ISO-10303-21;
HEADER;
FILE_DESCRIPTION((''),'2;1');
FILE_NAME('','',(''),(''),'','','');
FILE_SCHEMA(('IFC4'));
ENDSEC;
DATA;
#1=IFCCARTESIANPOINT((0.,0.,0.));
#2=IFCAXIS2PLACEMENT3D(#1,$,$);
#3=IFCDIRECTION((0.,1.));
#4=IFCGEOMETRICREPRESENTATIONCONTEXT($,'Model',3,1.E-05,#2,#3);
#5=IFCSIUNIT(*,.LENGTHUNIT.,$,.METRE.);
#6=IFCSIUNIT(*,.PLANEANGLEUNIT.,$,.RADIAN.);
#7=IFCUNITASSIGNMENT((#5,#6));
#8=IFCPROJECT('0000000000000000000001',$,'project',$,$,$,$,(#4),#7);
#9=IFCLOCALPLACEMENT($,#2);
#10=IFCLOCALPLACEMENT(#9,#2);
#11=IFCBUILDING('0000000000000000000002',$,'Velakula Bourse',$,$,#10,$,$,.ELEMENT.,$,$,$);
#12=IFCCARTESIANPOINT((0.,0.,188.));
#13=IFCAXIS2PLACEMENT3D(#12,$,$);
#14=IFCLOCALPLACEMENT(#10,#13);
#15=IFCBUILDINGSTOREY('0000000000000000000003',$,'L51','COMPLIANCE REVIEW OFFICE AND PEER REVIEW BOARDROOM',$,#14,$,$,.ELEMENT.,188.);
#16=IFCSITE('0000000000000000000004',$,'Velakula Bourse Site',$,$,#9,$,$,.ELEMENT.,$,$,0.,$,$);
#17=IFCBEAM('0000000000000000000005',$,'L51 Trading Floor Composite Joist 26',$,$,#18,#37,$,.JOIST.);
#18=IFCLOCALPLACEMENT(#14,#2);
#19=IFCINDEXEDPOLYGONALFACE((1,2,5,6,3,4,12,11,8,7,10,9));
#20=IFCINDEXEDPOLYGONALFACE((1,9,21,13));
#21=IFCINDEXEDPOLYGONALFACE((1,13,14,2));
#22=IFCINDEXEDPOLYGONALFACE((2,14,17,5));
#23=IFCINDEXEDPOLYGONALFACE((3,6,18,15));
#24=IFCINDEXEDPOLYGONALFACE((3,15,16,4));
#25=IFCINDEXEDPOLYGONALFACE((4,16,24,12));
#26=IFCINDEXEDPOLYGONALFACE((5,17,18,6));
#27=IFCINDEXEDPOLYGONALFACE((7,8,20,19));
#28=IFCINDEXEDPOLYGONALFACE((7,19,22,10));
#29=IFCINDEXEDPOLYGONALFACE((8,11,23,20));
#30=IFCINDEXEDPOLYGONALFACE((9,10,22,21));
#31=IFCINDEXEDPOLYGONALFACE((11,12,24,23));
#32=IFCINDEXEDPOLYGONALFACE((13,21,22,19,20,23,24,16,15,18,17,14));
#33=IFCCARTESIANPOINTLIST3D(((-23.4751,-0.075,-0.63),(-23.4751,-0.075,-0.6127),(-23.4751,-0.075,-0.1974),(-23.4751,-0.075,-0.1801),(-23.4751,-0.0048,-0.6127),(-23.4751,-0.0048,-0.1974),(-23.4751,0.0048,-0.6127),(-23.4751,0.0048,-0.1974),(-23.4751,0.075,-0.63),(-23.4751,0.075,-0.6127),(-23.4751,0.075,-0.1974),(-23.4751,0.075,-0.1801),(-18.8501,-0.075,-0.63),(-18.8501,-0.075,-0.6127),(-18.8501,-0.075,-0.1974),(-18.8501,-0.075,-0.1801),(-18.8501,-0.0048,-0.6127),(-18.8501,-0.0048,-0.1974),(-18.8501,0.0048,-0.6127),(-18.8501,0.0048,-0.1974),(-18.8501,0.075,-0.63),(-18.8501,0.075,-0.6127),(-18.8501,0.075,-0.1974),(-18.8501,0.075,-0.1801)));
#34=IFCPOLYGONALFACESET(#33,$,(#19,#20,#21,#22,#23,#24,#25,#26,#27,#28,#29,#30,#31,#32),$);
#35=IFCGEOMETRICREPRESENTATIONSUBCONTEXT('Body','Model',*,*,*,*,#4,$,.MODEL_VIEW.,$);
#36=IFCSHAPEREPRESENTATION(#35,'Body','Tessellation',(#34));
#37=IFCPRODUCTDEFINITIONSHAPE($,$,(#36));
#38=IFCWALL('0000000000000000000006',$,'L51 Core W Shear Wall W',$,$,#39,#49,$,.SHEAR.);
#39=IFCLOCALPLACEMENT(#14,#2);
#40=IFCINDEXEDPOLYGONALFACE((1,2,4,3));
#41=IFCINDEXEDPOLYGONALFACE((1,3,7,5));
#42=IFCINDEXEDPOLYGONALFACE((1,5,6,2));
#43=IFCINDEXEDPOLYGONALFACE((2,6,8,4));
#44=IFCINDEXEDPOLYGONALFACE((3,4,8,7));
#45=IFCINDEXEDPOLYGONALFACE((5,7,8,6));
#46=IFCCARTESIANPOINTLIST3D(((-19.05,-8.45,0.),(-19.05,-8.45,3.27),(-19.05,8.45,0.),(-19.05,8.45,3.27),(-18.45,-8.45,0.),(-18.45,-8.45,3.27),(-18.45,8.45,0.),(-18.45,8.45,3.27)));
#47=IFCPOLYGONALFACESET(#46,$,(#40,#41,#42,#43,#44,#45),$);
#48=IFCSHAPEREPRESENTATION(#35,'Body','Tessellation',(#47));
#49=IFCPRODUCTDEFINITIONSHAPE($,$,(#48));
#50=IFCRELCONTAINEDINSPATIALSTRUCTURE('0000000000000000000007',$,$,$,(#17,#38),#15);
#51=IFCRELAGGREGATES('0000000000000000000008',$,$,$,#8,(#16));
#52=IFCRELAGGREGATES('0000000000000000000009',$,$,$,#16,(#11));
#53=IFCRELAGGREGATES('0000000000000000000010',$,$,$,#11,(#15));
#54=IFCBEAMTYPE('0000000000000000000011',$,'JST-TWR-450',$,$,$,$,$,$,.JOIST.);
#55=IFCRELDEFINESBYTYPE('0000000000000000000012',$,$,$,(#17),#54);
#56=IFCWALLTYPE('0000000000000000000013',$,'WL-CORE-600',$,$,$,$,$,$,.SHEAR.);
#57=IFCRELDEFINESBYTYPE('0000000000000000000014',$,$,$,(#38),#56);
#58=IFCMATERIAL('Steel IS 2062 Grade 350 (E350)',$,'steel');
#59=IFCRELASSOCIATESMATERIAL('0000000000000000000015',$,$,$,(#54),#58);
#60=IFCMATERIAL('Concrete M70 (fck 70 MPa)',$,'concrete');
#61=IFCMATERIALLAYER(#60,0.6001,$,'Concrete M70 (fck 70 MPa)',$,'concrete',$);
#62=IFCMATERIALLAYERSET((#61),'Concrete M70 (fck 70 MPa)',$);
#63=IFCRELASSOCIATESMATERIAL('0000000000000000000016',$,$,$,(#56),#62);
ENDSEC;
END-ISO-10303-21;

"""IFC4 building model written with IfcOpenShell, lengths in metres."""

from ifc_helpers import new_model, si_unit, direction, frame, frame_2d, origin, origin_2d, place, context, subcontext, project, spatial, rectangle, i_section, extrude, material, layer, layer_set, material_profile, profile_set, type_object, element, save


model = new_model("IFC4")

# Units and contexts
model_context = context("Model", 3, precision=1e-05, world=origin(), true_north=direction((0.0, 1.0)))
body_context = subcontext(model_context, "Body", "Model", "MODEL_VIEW")
ifc_project = project(units=[si_unit("LENGTHUNIT", "METRE"), si_unit("PLANEANGLEUNIT", "RADIAN")], contexts=[model_context])

# Site, building, storey
site_placement = place(None, origin())
site = spatial("IfcSite", under=ifc_project, at=site_placement, Name="Velakula Bourse Site", CompositionType="ELEMENT", RefElevation=0.0)
building_placement = place(site_placement, origin())
building = spatial("IfcBuilding", under=site, at=building_placement, Name="Velakula Bourse", CompositionType="ELEMENT")
storey_placement = place(building_placement, frame((0.0, 0.0, 188.0)))
storey = spatial("IfcBuildingStorey", under=building, at=storey_placement, Name="L51", Description="COMPLIANCE REVIEW OFFICE AND PEER REVIEW BOARDROOM", CompositionType="ELEMENT", Elevation=188.0)

# Shared definitions
ifc_material_1 = material(Name="Steel IS 2062 Grade 350 (E350)", Category="steel")

# Beam
ifc_material_profile_1 = material_profile(ifc_material_1, i_section(OverallWidth=0.1499, OverallDepth=0.45, WebThickness=0.0095, FlangeThickness=0.0173, at=origin_2d()), Name="Steel IS 2062 Grade 350 (E350)")
ifc_profile_set_1 = profile_set([ifc_material_profile_1], Name="Steel IS 2062 Grade 350 (E350)")
beam_type_1 = type_object("IfcBeamType", Name="JST-TWR-450", PredefinedType="JOIST", material=ifc_profile_set_1)
beam_1_placement = place(storey_placement, frame((-23.4751, 0.0, -0.405), z_axis=(1.0, 0.0, 0.0), x_axis=(0.0, 1.0, 0.0)))
element("IfcBeam", 1, at=beam_1_placement, inside=storey, type_object=beam_type_1, Name="L51 Trading Floor Composite Joist 26", PredefinedType="JOIST", context=body_context, shape_type="SweptSolid", body=[
    extrude(i_section(OverallWidth=0.1499, OverallDepth=0.45, WebThickness=0.0095, FlangeThickness=0.0173, at=origin_2d()), origin(), (0.0, 0.0, 1.0), 4.625),
])

# Wall
ifc_material_2 = material(Name="Concrete M70 (fck 70 MPa)", Category="concrete")
ifc_layer = layer(ifc_material_2, 0.6001, Name="Concrete M70 (fck 70 MPa)", Category="concrete")
ifc_layer_set = layer_set([ifc_layer], Name="Concrete M70 (fck 70 MPa)")
wall_type = type_object("IfcWallType", Name="WL-CORE-600", PredefinedType="SHEAR", material=ifc_layer_set)
wall_placement = place(storey_placement, frame((-18.75, -8.45, 0.0), z_axis=(0.0, 0.0, 1.0), x_axis=(0.0, 1.0, 0.0)))
element("IfcWall", 2, at=wall_placement, inside=storey, type_object=wall_type, Name="L51 Core W Shear Wall W", PredefinedType="SHEAR", context=body_context, shape_type="SweptSolid", body=[
    extrude(rectangle(XDim=16.8999, YDim=0.6001, at=frame_2d((8.45, 0.0))), origin(), (0.0, 0.0, 1.0), 3.27),
])

save(model, "model.ifc")
